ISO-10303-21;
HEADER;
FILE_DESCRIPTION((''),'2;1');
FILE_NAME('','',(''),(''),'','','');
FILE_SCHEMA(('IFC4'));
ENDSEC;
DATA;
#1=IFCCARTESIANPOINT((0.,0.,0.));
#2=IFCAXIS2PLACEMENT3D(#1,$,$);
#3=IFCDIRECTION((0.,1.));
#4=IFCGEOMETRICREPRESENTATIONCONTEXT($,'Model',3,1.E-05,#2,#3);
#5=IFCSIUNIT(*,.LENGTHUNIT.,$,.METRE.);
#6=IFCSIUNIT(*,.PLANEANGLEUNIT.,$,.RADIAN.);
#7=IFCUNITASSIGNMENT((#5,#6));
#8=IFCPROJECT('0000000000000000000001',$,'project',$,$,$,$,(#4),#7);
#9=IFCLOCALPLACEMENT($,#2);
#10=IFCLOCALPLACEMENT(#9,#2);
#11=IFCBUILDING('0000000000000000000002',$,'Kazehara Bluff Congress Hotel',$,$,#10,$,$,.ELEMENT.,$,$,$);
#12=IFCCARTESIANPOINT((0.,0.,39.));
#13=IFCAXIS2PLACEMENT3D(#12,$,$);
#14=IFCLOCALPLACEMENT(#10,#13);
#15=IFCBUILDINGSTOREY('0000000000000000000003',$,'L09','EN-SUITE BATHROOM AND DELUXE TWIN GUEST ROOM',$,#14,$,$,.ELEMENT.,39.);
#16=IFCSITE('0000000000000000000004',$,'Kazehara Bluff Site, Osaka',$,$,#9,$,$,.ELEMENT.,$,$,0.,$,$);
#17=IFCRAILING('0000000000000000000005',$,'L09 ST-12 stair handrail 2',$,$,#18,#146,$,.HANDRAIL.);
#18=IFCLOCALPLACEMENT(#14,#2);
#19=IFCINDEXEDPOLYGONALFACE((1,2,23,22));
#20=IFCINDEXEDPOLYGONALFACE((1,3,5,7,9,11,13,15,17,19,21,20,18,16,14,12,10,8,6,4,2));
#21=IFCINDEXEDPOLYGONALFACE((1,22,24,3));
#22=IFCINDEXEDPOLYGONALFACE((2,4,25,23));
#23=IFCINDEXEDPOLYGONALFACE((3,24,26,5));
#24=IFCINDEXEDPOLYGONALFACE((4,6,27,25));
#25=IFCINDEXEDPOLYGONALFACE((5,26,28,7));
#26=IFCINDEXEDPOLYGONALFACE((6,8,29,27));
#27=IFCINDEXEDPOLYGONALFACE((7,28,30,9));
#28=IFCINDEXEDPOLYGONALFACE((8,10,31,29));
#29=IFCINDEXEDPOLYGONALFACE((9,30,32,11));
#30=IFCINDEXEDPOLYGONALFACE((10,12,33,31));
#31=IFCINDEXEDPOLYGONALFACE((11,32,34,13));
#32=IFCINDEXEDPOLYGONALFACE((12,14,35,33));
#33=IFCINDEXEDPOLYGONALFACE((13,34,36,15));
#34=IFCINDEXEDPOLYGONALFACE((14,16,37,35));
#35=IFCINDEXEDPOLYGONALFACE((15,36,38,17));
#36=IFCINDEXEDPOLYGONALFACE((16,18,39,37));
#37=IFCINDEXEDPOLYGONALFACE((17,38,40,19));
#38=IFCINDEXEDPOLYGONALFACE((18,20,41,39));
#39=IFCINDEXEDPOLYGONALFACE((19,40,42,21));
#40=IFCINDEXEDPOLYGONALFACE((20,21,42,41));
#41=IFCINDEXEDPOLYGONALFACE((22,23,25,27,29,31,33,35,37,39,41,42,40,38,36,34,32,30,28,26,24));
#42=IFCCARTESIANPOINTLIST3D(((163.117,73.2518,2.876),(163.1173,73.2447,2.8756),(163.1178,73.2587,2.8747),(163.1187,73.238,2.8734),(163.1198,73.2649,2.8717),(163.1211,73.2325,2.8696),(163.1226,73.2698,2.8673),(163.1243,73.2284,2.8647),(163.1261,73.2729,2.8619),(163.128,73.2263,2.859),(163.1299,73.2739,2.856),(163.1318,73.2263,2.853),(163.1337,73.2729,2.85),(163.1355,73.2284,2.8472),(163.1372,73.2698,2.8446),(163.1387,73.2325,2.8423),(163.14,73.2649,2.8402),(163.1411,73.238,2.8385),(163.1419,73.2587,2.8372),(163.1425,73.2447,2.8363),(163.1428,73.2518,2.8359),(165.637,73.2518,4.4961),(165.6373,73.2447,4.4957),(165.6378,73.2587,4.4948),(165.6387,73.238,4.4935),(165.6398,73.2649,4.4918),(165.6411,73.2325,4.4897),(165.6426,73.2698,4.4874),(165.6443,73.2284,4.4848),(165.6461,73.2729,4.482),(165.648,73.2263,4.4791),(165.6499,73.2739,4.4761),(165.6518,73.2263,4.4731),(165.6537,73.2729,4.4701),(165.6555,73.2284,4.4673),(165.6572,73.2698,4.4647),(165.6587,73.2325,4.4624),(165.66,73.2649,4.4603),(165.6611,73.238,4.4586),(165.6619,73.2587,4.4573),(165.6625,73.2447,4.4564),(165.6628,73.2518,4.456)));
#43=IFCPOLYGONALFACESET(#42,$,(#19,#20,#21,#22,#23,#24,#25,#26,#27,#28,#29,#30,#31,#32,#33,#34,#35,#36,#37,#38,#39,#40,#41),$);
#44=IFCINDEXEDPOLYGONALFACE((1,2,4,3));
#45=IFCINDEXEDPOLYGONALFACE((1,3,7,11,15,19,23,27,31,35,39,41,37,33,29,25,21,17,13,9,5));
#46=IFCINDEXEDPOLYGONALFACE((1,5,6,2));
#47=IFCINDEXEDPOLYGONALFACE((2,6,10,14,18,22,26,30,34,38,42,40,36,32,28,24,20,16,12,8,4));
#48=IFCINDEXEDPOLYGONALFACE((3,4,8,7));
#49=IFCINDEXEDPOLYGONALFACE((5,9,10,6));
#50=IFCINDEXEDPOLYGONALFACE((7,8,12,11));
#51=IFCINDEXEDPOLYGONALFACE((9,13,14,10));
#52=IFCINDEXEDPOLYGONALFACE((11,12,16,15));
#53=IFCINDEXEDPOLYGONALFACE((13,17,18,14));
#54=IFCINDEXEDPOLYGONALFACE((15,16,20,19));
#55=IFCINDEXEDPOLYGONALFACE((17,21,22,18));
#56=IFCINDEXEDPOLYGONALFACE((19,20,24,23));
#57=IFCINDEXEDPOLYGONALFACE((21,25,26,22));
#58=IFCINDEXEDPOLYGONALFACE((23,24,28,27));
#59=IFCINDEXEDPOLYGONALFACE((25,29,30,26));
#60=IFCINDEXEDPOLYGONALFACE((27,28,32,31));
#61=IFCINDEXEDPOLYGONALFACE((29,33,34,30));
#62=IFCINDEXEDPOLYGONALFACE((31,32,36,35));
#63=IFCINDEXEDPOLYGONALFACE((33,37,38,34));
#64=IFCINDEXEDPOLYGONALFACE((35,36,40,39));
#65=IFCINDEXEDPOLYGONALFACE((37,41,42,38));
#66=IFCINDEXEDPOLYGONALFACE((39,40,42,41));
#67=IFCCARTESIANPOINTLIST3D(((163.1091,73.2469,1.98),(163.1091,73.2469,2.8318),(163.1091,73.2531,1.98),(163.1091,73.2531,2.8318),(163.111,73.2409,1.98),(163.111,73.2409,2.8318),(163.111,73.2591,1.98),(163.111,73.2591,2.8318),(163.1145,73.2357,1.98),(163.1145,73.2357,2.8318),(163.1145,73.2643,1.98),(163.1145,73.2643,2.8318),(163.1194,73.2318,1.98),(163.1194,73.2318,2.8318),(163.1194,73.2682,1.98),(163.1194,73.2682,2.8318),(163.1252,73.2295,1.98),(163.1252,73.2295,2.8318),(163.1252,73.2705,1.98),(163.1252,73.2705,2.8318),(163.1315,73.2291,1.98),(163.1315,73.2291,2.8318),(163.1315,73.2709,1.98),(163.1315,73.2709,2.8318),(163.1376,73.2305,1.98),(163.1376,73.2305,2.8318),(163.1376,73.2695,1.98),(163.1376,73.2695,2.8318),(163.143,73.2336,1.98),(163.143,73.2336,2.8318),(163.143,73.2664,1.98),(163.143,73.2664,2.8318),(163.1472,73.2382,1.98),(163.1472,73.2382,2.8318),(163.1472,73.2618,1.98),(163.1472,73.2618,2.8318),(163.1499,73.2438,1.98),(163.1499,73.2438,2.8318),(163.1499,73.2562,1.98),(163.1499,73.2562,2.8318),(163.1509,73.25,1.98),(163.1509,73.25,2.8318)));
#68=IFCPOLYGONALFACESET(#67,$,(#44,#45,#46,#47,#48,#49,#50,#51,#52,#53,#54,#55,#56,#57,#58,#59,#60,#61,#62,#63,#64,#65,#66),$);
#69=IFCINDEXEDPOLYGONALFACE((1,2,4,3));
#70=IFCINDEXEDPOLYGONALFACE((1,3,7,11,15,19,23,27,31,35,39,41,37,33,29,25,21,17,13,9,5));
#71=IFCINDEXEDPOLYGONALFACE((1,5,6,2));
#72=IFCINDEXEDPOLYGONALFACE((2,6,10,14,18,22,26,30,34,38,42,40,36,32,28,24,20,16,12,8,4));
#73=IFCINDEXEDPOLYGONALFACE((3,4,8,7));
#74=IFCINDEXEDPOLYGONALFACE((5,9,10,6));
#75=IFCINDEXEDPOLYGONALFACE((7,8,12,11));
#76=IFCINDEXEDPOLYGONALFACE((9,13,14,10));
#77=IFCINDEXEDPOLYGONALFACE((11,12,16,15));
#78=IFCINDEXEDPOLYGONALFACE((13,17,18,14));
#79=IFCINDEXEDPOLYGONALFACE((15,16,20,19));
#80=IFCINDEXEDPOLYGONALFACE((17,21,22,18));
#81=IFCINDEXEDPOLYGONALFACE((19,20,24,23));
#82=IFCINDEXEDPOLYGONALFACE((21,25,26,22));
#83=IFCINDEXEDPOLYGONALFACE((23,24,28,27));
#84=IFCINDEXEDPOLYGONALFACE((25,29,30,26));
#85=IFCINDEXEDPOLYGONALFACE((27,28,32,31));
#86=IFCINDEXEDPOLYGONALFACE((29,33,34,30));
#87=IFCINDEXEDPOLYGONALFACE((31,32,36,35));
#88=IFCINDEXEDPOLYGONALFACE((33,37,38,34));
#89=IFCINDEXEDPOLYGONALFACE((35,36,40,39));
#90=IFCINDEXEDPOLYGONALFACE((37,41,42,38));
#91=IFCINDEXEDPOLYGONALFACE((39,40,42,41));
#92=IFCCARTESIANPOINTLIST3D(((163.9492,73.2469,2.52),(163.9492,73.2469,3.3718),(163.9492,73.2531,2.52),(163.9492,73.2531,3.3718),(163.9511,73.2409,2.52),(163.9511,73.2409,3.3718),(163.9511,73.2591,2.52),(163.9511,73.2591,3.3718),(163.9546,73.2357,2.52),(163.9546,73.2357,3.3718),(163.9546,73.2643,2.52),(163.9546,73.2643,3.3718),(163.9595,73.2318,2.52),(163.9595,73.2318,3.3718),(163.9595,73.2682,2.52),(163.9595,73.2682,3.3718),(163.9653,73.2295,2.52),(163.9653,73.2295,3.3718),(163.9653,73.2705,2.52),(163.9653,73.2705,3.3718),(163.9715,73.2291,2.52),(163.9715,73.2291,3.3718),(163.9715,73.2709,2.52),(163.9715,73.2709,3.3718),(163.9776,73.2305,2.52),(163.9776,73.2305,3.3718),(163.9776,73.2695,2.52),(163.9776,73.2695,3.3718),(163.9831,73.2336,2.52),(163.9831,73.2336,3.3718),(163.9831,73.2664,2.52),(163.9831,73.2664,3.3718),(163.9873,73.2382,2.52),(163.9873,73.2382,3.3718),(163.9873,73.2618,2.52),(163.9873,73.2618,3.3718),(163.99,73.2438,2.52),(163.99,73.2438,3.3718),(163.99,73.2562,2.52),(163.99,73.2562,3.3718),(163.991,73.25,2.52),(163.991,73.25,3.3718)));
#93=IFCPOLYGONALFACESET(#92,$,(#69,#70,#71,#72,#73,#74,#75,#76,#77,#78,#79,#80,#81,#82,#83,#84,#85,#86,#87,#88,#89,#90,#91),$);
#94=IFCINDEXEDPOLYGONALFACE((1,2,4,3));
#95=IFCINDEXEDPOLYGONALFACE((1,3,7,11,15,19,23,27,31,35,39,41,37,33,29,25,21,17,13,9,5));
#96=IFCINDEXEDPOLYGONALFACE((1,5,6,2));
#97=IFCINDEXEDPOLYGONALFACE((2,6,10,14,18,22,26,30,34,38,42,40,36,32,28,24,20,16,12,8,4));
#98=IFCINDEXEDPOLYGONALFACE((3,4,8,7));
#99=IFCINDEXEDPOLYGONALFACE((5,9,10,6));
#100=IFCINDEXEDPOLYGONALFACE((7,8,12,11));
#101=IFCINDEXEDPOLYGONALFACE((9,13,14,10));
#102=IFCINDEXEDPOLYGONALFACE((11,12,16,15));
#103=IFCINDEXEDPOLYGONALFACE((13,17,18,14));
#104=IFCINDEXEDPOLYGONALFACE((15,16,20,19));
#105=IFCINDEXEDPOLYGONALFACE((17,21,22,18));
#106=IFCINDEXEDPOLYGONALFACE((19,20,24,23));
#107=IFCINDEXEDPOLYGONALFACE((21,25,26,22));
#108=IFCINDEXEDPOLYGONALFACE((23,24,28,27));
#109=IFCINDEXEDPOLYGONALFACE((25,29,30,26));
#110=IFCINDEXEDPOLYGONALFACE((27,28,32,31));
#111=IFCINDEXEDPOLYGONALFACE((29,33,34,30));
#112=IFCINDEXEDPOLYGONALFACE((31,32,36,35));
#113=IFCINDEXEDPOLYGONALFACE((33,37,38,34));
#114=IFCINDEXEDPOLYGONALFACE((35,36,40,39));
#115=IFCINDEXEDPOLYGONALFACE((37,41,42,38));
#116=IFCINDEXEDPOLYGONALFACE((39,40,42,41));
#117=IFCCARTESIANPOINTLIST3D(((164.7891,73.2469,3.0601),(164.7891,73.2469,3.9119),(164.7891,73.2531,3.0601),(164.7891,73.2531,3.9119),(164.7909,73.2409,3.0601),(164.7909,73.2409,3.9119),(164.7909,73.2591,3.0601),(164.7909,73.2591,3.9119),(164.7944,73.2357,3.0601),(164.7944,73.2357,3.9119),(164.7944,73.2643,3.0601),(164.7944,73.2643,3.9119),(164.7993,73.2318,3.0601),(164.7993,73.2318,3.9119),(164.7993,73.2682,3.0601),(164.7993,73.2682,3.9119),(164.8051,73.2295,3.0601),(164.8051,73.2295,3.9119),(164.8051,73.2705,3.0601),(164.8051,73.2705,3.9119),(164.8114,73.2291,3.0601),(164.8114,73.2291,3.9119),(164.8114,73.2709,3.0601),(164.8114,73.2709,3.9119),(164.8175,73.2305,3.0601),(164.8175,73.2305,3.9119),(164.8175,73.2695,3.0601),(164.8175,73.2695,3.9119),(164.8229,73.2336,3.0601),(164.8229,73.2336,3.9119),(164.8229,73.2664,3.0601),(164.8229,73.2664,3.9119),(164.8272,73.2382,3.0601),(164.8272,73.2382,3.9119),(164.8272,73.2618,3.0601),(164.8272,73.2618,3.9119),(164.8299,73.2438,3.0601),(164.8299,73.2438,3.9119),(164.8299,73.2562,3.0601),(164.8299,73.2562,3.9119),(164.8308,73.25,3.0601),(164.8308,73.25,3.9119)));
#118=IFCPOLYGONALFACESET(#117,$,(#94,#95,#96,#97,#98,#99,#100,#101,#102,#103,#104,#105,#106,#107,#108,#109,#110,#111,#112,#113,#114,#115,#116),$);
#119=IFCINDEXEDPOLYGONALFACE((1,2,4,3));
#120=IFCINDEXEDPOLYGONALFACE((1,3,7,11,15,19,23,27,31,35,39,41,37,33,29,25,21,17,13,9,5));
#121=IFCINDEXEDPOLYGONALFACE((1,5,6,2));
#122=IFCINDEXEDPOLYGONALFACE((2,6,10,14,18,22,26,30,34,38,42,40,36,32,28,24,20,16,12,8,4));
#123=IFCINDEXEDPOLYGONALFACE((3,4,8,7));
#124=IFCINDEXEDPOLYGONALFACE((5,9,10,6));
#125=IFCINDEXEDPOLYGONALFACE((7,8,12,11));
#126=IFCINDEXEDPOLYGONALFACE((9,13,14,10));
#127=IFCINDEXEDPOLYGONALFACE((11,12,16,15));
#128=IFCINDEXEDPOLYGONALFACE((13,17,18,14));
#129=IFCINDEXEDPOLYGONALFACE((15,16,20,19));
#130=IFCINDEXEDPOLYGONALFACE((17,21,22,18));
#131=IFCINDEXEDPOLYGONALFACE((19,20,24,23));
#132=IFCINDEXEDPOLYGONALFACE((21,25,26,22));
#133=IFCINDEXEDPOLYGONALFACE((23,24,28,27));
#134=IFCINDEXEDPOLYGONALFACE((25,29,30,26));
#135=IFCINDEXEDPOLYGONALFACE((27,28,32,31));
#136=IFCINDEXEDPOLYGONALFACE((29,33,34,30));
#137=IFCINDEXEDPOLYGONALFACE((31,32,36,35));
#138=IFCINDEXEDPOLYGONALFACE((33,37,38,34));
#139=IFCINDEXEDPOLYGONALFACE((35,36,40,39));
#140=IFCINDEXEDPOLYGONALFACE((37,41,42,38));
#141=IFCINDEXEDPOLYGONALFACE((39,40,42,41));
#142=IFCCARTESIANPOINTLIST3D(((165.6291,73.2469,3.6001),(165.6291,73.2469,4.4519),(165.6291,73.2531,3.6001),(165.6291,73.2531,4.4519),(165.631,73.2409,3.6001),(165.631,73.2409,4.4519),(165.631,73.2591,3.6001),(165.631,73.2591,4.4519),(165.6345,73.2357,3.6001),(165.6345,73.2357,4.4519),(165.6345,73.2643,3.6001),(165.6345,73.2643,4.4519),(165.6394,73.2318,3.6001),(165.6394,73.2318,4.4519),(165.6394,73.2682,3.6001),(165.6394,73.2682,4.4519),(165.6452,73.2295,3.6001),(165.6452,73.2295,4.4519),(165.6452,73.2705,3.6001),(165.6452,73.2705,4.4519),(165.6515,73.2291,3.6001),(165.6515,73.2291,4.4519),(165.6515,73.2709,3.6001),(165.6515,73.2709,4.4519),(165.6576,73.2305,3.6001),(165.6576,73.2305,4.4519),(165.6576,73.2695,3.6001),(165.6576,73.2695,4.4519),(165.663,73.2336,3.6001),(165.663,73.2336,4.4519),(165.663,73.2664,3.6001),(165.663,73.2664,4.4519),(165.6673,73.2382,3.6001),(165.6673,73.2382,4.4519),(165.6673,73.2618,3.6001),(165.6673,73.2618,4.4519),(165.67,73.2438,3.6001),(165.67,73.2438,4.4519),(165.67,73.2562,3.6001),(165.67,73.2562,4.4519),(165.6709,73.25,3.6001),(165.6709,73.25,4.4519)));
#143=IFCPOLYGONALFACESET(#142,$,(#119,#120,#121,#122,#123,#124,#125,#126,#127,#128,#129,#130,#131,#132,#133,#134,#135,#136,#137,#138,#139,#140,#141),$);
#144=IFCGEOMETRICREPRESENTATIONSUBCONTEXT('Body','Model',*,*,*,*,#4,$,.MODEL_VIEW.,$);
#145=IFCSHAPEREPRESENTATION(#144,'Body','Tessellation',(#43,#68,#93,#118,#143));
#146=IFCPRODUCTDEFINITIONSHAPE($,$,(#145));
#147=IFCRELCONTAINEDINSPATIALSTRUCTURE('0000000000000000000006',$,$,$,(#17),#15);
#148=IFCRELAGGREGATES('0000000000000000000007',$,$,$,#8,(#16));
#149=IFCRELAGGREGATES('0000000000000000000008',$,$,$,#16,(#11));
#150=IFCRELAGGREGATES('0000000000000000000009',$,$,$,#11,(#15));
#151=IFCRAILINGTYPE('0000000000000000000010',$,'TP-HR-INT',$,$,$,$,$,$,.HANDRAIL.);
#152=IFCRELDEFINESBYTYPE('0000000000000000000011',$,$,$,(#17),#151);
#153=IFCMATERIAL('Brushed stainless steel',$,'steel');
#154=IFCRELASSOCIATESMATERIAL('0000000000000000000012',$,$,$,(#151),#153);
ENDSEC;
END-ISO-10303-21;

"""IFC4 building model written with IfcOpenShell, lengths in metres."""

from ifc_helpers import new_model, si_unit, direction, frame, origin, origin_2d, place, context, subcontext, project, spatial, circle, extrude, material, type_object, element, save


model = new_model("IFC4")

# Units and contexts
model_context = context("Model", 3, precision=1e-05, world=origin(), true_north=direction((0.0, 1.0)))
body_context = subcontext(model_context, "Body", "Model", "MODEL_VIEW")
ifc_project = project(units=[si_unit("LENGTHUNIT", "METRE"), si_unit("PLANEANGLEUNIT", "RADIAN")], contexts=[model_context])

# Site, building, storey
site_placement = place(None, origin())
site = spatial("IfcSite", under=ifc_project, at=site_placement, Name="Kazehara Bluff Site, Osaka", CompositionType="ELEMENT", RefElevation=0.0)
building_placement = place(site_placement, origin())
building = spatial("IfcBuilding", under=site, at=building_placement, Name="Kazehara Bluff Congress Hotel", CompositionType="ELEMENT")
storey_placement = place(building_placement, frame((0.0, 0.0, 39.0)))
storey = spatial("IfcBuildingStorey", under=building, at=storey_placement, Name="L09", Description="EN-SUITE BATHROOM AND DELUXE TWIN GUEST ROOM", CompositionType="ELEMENT", Elevation=39.0)

# Railing
ifc_material_1 = material(Name="Brushed stainless steel", Category="steel")
railing_type_1 = type_object("IfcRailingType", Name="TP-HR-INT", PredefinedType="HANDRAIL", material=ifc_material_1)
railing_1_placement = place(storey_placement, frame((163.1299, 73.25, 1.98)))
element("IfcRailing", 1, at=railing_1_placement, inside=storey, type_object=railing_type_1, Name="L09 ST-12 stair handrail 2", PredefinedType="HANDRAIL", context=body_context, shape_type="SweptSolid", body=[
    extrude(circle(Radius=0.0239, at=origin_2d()), frame((0.0, 0.0, 0.876), z_axis=(0.841163, 0.0, 0.540782), x_axis=(0.0, 1.0, 0.0)), (0.0, 0.0, 1.0), 2.9958),
    extrude(circle(Radius=0.021, at=origin_2d()), origin(), (0.0, 0.0, 1.0), 0.8518),
    extrude(circle(Radius=0.021, at=origin_2d()), frame((0.8401, 0.0, 0.54)), (0.0, 0.0, 1.0), 0.8518),
    extrude(circle(Radius=0.021, at=origin_2d()), frame((1.6799, 0.0, 1.0801)), (0.0, 0.0, 1.0), 0.8518),
    extrude(circle(Radius=0.021, at=origin_2d()), frame((2.52, 0.0, 1.6201)), (0.0, 0.0, 1.0), 0.8518),
])

save(model, "model.ifc")
